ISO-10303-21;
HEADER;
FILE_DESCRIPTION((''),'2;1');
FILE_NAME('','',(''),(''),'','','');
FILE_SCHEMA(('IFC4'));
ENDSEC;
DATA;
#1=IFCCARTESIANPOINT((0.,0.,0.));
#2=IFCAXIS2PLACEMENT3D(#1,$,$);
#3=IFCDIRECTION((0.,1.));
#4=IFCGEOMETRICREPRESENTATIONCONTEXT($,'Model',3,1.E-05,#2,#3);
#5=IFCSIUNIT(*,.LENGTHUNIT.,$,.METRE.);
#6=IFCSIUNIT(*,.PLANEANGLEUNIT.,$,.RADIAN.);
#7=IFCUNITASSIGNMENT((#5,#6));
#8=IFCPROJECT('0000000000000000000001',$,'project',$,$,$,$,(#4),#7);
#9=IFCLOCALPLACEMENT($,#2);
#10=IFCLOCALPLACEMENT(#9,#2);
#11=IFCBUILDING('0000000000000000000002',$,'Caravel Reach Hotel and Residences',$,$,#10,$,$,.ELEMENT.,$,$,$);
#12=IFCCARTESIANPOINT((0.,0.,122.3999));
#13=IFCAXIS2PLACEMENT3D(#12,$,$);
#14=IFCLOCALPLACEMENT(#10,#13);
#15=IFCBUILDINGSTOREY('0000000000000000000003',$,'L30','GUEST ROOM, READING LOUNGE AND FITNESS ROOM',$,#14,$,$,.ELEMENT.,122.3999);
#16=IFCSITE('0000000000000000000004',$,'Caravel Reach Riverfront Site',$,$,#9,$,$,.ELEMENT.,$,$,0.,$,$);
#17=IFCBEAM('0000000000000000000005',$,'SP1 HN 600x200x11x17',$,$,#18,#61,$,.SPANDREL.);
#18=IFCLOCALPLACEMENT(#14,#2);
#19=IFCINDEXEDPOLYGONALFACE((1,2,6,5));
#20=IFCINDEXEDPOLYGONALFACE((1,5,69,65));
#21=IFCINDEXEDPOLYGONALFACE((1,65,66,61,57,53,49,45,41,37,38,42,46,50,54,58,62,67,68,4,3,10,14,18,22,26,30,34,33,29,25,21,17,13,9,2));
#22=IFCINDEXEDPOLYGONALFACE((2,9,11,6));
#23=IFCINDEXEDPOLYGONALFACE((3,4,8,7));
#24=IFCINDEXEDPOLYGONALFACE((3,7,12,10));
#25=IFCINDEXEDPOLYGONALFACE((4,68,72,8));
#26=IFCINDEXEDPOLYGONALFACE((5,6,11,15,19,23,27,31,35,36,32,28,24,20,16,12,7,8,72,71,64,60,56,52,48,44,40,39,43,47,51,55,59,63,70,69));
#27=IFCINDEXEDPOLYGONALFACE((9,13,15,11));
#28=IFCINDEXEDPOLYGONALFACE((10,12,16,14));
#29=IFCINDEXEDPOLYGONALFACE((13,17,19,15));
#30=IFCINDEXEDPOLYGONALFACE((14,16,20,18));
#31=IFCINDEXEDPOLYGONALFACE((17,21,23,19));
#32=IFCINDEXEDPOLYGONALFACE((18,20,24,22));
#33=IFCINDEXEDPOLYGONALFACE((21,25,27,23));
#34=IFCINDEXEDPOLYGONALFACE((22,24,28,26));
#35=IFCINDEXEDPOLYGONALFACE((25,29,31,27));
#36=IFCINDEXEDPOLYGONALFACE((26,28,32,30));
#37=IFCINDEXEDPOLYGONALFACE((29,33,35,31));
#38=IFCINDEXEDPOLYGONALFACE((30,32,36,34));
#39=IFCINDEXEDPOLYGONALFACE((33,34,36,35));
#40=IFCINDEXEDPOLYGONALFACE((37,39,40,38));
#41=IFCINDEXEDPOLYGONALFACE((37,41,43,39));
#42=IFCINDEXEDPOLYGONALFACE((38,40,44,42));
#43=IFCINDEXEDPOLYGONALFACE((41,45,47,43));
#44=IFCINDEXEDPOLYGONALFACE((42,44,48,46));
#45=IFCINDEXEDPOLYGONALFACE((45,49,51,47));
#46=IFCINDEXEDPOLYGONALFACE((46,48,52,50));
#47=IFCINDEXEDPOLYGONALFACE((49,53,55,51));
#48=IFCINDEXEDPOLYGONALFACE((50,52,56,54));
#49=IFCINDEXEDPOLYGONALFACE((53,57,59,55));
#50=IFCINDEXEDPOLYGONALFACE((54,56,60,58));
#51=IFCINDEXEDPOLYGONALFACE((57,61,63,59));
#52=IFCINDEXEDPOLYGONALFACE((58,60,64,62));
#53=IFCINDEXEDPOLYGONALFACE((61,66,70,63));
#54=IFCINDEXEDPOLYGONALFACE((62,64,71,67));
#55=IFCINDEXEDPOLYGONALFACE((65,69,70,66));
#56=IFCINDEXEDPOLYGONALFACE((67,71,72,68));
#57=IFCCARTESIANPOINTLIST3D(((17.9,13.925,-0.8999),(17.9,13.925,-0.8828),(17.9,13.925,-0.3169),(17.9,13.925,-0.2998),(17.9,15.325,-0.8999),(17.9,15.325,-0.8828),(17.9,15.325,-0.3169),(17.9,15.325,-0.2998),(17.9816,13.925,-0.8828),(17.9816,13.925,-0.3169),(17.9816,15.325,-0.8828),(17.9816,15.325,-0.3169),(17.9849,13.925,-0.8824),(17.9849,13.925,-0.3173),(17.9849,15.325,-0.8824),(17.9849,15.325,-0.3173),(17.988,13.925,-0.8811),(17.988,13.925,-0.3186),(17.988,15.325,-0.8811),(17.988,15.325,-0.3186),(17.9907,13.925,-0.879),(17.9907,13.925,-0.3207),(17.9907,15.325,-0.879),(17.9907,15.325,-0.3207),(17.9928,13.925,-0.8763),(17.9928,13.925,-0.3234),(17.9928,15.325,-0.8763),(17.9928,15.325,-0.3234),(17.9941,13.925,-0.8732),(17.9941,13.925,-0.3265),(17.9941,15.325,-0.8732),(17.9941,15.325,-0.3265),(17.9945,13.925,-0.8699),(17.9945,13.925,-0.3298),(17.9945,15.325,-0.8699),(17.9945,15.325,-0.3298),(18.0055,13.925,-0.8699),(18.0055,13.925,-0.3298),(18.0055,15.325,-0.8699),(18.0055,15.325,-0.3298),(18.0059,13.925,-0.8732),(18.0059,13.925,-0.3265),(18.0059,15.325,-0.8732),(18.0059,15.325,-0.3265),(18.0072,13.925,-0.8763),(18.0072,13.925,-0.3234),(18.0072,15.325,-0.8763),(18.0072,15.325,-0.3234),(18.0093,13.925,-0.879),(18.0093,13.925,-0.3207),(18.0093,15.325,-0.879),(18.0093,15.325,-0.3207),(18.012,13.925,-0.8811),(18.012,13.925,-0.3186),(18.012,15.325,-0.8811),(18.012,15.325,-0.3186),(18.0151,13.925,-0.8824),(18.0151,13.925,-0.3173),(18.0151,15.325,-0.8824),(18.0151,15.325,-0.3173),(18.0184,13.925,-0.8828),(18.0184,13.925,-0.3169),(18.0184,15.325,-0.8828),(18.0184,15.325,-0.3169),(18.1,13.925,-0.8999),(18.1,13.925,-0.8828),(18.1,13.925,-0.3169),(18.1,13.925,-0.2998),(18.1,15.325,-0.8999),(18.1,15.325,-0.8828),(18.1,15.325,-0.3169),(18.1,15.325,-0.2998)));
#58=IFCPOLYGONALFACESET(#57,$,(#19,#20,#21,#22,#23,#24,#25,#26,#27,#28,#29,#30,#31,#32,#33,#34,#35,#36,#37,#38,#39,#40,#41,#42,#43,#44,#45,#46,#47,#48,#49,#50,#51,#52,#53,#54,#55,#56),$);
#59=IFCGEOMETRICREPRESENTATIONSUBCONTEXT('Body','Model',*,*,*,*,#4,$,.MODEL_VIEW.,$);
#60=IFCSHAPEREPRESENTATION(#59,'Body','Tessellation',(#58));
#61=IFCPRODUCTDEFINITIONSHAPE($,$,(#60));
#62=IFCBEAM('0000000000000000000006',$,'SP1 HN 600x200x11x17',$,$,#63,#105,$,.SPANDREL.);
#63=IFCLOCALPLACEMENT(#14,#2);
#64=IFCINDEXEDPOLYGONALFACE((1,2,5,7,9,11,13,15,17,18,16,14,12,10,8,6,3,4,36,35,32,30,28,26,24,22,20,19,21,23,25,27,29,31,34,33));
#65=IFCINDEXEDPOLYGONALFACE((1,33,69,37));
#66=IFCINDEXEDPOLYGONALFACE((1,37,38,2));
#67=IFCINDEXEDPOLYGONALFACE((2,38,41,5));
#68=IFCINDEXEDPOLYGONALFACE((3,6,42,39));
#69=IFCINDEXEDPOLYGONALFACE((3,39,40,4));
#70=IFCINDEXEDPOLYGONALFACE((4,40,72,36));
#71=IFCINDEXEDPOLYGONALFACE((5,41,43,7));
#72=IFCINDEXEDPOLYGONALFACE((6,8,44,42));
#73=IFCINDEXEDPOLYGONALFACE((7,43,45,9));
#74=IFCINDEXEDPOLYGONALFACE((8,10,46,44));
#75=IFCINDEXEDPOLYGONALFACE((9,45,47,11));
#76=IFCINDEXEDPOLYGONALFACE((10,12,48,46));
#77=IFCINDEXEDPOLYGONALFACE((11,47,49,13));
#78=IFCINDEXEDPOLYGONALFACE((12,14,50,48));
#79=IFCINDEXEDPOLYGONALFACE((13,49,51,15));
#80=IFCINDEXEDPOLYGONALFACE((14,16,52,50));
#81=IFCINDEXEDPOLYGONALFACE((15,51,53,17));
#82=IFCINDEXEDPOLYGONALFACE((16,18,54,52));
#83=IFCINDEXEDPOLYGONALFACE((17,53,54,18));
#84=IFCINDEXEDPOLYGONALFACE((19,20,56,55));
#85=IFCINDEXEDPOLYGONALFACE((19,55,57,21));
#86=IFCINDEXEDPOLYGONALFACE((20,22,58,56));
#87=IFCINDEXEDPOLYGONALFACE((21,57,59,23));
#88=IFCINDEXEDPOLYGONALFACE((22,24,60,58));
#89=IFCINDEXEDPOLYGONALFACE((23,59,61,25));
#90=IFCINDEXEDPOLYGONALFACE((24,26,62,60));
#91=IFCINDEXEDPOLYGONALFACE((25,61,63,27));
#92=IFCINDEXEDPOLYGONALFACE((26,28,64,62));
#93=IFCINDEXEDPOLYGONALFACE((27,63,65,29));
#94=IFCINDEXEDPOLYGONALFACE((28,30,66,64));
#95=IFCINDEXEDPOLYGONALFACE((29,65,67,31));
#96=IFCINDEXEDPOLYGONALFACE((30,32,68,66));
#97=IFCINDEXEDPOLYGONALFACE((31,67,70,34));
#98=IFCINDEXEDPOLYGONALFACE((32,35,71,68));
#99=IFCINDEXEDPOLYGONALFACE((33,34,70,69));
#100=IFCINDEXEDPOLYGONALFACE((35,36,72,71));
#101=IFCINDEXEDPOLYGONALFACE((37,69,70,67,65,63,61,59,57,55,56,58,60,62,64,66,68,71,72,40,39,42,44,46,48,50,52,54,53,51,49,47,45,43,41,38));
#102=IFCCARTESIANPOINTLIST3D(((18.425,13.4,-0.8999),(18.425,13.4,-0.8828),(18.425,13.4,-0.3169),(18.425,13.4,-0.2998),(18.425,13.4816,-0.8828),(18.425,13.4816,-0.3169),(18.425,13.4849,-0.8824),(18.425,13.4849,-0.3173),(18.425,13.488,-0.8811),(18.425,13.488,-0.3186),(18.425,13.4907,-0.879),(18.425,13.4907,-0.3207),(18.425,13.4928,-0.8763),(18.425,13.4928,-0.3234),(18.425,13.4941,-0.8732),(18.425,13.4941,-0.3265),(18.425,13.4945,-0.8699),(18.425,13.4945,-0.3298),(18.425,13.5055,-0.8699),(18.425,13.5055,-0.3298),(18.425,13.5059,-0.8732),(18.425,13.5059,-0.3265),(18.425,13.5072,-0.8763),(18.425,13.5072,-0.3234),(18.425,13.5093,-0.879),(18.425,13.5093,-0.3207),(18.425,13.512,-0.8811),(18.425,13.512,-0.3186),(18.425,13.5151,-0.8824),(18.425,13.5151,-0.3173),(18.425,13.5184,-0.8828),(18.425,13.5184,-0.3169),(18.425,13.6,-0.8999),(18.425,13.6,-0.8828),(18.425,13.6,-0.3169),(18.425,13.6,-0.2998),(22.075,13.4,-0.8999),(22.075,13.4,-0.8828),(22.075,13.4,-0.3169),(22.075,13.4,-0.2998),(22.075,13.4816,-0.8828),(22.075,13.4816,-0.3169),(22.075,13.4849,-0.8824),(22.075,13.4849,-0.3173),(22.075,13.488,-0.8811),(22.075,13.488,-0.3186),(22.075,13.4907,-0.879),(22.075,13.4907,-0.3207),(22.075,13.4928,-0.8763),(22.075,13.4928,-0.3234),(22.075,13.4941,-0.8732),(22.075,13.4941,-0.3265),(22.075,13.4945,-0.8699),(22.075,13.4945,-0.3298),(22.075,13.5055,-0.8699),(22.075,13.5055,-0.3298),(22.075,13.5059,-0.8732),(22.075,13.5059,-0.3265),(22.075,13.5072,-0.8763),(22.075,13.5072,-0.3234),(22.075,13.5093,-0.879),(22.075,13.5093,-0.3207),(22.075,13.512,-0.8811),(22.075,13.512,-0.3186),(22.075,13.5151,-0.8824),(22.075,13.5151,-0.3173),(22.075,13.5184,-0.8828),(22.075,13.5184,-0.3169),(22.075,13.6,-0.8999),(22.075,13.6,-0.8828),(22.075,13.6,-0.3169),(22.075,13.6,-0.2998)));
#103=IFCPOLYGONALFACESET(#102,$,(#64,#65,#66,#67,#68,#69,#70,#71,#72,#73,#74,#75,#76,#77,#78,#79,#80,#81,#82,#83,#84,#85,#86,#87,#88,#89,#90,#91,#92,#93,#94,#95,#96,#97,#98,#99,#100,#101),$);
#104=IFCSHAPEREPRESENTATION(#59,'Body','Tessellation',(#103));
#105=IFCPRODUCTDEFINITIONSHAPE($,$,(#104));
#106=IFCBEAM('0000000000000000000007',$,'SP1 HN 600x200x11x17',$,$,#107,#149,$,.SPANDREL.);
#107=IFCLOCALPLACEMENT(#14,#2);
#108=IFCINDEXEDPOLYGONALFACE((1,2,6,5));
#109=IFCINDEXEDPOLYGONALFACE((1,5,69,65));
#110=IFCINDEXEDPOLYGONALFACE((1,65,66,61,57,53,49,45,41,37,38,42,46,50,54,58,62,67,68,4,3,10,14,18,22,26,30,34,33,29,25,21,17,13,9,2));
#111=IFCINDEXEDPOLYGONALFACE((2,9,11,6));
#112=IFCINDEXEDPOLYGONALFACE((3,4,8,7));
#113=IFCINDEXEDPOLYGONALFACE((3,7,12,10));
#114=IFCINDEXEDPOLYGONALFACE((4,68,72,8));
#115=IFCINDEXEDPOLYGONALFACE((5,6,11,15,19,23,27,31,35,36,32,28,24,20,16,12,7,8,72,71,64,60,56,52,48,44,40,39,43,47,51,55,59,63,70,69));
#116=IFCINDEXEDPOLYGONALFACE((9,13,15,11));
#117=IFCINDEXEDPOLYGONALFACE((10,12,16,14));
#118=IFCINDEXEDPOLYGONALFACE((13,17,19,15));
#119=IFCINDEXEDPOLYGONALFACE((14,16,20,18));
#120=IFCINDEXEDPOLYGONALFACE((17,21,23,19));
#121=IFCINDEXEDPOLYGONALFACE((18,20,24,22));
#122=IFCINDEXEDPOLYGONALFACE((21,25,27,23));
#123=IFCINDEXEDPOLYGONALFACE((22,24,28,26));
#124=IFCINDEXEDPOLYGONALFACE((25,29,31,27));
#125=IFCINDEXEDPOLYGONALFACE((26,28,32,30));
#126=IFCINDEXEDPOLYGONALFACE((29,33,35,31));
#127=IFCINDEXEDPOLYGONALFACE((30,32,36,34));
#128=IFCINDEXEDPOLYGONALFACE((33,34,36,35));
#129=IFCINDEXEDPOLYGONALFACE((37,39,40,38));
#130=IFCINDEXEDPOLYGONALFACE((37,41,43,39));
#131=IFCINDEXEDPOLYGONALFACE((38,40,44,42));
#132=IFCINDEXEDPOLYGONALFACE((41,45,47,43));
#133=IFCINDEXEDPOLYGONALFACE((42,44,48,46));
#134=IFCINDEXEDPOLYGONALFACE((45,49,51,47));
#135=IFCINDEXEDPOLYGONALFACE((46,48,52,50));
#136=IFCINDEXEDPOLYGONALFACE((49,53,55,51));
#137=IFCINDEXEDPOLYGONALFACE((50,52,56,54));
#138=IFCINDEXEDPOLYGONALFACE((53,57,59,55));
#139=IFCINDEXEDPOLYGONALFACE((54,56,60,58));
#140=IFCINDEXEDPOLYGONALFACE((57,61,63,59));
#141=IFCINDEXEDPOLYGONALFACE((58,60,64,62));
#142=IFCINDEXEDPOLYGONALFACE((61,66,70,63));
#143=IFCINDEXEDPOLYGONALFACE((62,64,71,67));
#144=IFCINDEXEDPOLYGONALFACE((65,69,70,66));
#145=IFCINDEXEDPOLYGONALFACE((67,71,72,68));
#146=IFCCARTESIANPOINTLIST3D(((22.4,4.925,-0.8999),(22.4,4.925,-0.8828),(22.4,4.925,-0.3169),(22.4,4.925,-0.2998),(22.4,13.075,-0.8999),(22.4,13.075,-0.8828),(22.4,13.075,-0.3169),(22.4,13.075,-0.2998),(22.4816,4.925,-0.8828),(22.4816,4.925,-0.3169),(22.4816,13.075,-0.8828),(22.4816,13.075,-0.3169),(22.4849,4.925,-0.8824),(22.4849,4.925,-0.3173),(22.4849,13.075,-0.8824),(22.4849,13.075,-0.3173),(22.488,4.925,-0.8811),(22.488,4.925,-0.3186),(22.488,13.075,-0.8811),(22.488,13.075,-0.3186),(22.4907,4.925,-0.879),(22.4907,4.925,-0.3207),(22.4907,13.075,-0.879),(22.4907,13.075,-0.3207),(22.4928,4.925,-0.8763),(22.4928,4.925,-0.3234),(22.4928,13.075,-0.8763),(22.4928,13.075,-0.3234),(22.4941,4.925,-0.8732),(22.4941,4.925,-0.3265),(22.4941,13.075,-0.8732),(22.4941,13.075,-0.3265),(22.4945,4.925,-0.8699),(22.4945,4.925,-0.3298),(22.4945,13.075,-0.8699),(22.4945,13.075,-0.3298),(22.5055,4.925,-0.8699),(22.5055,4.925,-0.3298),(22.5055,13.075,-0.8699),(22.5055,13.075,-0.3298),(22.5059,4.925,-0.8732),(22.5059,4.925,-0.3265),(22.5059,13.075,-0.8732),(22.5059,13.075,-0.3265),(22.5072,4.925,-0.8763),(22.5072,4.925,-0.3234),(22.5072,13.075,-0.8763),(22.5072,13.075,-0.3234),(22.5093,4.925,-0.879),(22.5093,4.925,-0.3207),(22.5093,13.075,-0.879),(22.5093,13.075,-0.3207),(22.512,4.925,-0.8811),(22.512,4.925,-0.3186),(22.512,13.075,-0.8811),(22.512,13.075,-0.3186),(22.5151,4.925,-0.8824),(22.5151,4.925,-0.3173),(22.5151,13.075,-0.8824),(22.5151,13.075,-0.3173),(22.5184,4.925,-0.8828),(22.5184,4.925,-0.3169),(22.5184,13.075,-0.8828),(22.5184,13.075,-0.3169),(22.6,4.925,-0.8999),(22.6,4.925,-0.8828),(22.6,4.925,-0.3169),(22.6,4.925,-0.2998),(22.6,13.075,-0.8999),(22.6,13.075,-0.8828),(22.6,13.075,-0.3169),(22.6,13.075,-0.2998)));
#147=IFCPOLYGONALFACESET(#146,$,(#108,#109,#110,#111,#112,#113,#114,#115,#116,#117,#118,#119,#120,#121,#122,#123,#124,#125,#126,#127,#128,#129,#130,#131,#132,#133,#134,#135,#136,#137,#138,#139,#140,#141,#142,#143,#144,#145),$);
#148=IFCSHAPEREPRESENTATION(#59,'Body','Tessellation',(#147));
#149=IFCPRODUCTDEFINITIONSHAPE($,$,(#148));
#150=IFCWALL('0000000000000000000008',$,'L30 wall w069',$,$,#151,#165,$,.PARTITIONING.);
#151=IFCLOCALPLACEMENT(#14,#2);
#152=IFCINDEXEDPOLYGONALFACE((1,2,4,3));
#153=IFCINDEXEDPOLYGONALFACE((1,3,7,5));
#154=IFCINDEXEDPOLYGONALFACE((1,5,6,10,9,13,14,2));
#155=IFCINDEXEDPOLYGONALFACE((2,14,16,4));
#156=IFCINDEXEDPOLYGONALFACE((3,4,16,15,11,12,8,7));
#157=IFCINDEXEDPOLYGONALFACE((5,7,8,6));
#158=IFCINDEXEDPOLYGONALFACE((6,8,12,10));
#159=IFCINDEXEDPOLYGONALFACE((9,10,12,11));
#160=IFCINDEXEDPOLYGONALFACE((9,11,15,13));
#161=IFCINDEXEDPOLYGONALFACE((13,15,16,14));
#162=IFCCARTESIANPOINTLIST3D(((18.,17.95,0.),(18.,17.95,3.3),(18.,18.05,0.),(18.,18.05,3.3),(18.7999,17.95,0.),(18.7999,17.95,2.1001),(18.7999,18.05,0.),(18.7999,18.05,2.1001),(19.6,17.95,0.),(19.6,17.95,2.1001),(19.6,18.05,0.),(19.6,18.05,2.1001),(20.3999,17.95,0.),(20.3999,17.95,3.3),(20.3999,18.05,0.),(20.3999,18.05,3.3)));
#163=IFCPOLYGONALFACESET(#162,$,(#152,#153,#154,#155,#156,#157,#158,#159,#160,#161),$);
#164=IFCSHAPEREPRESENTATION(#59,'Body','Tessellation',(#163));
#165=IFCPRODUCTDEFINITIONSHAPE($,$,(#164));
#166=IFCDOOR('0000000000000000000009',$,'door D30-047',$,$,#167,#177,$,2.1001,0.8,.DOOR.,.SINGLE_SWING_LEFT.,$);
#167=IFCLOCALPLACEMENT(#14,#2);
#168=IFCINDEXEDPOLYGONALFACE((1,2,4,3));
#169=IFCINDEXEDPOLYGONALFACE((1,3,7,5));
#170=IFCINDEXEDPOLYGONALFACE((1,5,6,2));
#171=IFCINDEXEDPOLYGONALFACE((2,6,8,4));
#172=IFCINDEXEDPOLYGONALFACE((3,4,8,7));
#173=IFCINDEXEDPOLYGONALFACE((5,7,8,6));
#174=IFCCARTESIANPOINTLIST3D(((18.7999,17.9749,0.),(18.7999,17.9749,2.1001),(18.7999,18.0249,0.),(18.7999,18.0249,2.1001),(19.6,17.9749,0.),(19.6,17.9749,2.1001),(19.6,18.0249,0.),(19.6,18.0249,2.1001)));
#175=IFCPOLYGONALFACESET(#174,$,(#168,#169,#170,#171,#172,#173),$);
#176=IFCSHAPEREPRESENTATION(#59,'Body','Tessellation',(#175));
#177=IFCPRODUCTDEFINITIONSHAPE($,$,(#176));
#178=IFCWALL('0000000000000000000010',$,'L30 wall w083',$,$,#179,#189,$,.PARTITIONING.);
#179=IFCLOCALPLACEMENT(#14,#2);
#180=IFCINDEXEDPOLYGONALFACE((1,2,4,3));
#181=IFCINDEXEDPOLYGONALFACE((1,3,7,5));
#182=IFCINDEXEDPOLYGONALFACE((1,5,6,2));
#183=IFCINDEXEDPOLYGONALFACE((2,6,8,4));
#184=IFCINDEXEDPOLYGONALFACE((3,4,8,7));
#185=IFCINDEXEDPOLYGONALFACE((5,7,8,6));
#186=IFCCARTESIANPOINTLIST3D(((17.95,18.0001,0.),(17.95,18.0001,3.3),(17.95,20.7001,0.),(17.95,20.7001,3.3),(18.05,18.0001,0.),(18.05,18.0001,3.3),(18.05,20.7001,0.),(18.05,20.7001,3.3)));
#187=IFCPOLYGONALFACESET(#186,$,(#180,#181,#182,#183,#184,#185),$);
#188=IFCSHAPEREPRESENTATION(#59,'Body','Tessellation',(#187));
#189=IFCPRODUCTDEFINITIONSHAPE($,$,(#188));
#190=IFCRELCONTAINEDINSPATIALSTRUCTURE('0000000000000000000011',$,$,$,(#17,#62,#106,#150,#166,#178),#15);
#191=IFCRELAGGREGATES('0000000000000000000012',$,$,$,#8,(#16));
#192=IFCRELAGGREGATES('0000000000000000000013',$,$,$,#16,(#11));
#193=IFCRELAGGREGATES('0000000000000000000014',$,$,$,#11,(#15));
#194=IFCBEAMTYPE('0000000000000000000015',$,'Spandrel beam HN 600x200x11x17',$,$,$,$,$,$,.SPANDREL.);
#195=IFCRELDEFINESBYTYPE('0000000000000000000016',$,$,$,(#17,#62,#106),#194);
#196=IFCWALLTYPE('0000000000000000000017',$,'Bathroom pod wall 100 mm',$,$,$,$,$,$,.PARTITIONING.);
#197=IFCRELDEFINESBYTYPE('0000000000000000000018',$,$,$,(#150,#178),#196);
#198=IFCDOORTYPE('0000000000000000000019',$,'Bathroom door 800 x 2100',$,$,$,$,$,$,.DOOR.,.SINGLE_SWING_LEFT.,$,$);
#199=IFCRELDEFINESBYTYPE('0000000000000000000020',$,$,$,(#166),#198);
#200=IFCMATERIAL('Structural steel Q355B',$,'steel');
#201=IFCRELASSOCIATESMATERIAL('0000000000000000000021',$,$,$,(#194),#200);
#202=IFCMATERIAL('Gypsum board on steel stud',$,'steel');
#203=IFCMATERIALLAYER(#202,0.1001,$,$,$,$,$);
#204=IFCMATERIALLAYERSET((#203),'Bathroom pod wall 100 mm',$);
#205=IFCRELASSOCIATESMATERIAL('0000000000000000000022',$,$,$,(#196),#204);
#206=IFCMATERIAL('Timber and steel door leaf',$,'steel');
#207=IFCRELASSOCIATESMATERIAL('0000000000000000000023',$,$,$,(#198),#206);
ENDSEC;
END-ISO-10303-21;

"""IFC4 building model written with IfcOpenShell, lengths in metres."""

from ifc_helpers import new_model, si_unit, direction, frame, frame_2d, origin, origin_2d, place, context, subcontext, project, spatial, rectangle, i_section, extrude, material, layer, layer_set, material_profile, profile_set, type_object, element, fill, save


model = new_model("IFC4")

# Units and contexts
model_context = context("Model", 3, precision=1e-05, world=origin(), true_north=direction((0.0, 1.0)))
body_context = subcontext(model_context, "Body", "Model", "MODEL_VIEW")
ifc_project = project(units=[si_unit("LENGTHUNIT", "METRE"), si_unit("PLANEANGLEUNIT", "RADIAN")], contexts=[model_context])

# Site, building, storey
site_placement = place(None, origin())
site = spatial("IfcSite", under=ifc_project, at=site_placement, Name="Caravel Reach Riverfront Site", CompositionType="ELEMENT", RefElevation=0.0)
building_placement = place(site_placement, origin())
building = spatial("IfcBuilding", under=site, at=building_placement, Name="Caravel Reach Hotel and Residences", CompositionType="ELEMENT")
storey_placement = place(building_placement, frame((0.0, 0.0, 122.3999)))
storey = spatial("IfcBuildingStorey", under=building, at=storey_placement, Name="L30", Description="GUEST ROOM, READING LOUNGE AND FITNESS ROOM", CompositionType="ELEMENT", Elevation=122.3999)

# Beams
ifc_material_1 = material(Name="Structural steel Q355B", Category="steel")
ifc_material_profile_1 = material_profile(ifc_material_1, i_section(OverallWidth=0.2, OverallDepth=0.6001, WebThickness=0.011, FlangeThickness=0.0171, FilletRadius=0.0129, at=origin_2d()), Name="HN 600x200x11x17")
ifc_profile_set_1 = profile_set([ifc_material_profile_1], Name="Structural steel Q355B")
beam_type_1 = type_object("IfcBeamType", Name="Spandrel beam HN 600x200x11x17", PredefinedType="SPANDREL", material=ifc_profile_set_1)
beam_1_placement = place(storey_placement, frame((18.0, 15.325, -0.5999), z_axis=(0.0, -1.0, 0.0), x_axis=(1.0, 0.0, 0.0)))
element("IfcBeam", 1, at=beam_1_placement, inside=storey, type_object=beam_type_1, Name="SP1 HN 600x200x11x17", PredefinedType="SPANDREL", context=body_context, shape_type="SweptSolid", body=[
    extrude(i_section(OverallWidth=0.2, OverallDepth=0.6001, WebThickness=0.011, FlangeThickness=0.0171, FilletRadius=0.0129, at=origin_2d()), origin(), (0.0, 0.0, 1.0), 1.3999),
])
beam_2_placement = place(storey_placement, frame((18.425, 13.5, -0.5999), z_axis=(1.0, 0.0, 0.0), x_axis=(0.0, 1.0, 0.0)))
element("IfcBeam", 2, at=beam_2_placement, inside=storey, type_object=beam_type_1, Name="SP1 HN 600x200x11x17", PredefinedType="SPANDREL", context=body_context, shape_type="SweptSolid", body=[
    extrude(i_section(OverallWidth=0.2, OverallDepth=0.6001, WebThickness=0.011, FlangeThickness=0.0171, FilletRadius=0.0129, at=origin_2d()), origin(), (0.0, 0.0, 1.0), 3.6499),
])
beam_3_placement = place(storey_placement, frame((22.5, 13.075, -0.5999), z_axis=(0.0, -1.0, 0.0), x_axis=(1.0, 0.0, 0.0)))
element("IfcBeam", 3, at=beam_3_placement, inside=storey, type_object=beam_type_1, Name="SP1 HN 600x200x11x17", PredefinedType="SPANDREL", context=body_context, shape_type="SweptSolid", body=[
    extrude(i_section(OverallWidth=0.2, OverallDepth=0.6001, WebThickness=0.011, FlangeThickness=0.0171, FilletRadius=0.0129, at=origin_2d()), origin(), (0.0, 0.0, 1.0), 8.1499),
])

# Wall, opening, door
ifc_material_2 = material(Name="Gypsum board on steel stud", Category="steel")
ifc_layer_1 = layer(ifc_material_2, 0.1001)
ifc_layer_set_1 = layer_set([ifc_layer_1], Name="Bathroom pod wall 100 mm")
wall_type_1 = type_object("IfcWallType", Name="Bathroom pod wall 100 mm", PredefinedType="PARTITIONING", material=ifc_layer_set_1)
wall_1_placement = place(storey_placement, frame((18.0, 18.0, 0.0), z_axis=(0.0, 0.0, 1.0), x_axis=(1.0, 0.0, 0.0)))
wall_1 = element("IfcWall", 4, at=wall_1_placement, inside=storey, type_object=wall_type_1, Name="L30 wall w069", PredefinedType="PARTITIONING", context=body_context, shape_type="SweptSolid", body=[
    extrude(rectangle(XDim=2.3999, YDim=0.1001, at=frame_2d((1.2, 0.0))), origin(), (0.0, 0.0, 1.0), 3.3),
])
opening_1_placement = place(wall_1_placement, frame((0.8, 0.0, 0.0)))
opening_1 = element("IfcOpeningElement", 5, at=opening_1_placement, cuts=wall_1, PredefinedType="OPENING", context=body_context, shape_type="SweptSolid", body=[
    extrude(rectangle(XDim=0.8, YDim=2.1001, at=frame_2d((0.3999, 1.05))), frame((0.0, 0.0601, 0.0), z_axis=(0.0, -1.0, 0.0), x_axis=(1.0, 0.0, 0.0)), (0.0, 0.0, 1.0), 0.1201),
])
ifc_material_3 = material(Name="Timber and steel door leaf", Category="steel")
door_type_1 = type_object("IfcDoorType", Name="Bathroom door 800 x 2100", OperationType="SINGLE_SWING_LEFT", PredefinedType="DOOR", material=ifc_material_3)
door_1_placement = place(opening_1_placement, origin())
door_1 = element("IfcDoor", 6, at=door_1_placement, inside=storey, type_object=door_type_1, Name="door D30-047", OperationType="SINGLE_SWING_LEFT", OverallHeight=2.1001, OverallWidth=0.8, PredefinedType="DOOR", context=body_context, shape_type="SweptSolid", body=[
    extrude(rectangle(XDim=0.8, YDim=2.1001, at=frame_2d((0.3999, 1.05))), frame((0.0, 0.0249, 0.0), z_axis=(0.0, -1.0, 0.0), x_axis=(1.0, 0.0, 0.0)), (0.0, 0.0, 1.0), 0.05),
])
fill(opening_1, door_1)

# Wall
for number, where, z_axis, x_axis, name in (
    (7, (18.0, 18.0, 0.0), (0.0, 0.0, 1.0), (0.0, 1.0, 0.0), "L30 wall w083"),
):
    element("IfcWall", number, at=place(storey_placement, frame(where, z_axis=z_axis, x_axis=x_axis)), inside=storey, type_object=wall_type_1, Name=name, PredefinedType="PARTITIONING", context=body_context, shape_type="SweptSolid", body=[
        extrude(rectangle(XDim=2.7, YDim=0.1001, at=frame_2d((1.3501, 0.0))), origin(), (0.0, 0.0, 1.0), 3.3),
    ])

save(model, "model.ifc")
